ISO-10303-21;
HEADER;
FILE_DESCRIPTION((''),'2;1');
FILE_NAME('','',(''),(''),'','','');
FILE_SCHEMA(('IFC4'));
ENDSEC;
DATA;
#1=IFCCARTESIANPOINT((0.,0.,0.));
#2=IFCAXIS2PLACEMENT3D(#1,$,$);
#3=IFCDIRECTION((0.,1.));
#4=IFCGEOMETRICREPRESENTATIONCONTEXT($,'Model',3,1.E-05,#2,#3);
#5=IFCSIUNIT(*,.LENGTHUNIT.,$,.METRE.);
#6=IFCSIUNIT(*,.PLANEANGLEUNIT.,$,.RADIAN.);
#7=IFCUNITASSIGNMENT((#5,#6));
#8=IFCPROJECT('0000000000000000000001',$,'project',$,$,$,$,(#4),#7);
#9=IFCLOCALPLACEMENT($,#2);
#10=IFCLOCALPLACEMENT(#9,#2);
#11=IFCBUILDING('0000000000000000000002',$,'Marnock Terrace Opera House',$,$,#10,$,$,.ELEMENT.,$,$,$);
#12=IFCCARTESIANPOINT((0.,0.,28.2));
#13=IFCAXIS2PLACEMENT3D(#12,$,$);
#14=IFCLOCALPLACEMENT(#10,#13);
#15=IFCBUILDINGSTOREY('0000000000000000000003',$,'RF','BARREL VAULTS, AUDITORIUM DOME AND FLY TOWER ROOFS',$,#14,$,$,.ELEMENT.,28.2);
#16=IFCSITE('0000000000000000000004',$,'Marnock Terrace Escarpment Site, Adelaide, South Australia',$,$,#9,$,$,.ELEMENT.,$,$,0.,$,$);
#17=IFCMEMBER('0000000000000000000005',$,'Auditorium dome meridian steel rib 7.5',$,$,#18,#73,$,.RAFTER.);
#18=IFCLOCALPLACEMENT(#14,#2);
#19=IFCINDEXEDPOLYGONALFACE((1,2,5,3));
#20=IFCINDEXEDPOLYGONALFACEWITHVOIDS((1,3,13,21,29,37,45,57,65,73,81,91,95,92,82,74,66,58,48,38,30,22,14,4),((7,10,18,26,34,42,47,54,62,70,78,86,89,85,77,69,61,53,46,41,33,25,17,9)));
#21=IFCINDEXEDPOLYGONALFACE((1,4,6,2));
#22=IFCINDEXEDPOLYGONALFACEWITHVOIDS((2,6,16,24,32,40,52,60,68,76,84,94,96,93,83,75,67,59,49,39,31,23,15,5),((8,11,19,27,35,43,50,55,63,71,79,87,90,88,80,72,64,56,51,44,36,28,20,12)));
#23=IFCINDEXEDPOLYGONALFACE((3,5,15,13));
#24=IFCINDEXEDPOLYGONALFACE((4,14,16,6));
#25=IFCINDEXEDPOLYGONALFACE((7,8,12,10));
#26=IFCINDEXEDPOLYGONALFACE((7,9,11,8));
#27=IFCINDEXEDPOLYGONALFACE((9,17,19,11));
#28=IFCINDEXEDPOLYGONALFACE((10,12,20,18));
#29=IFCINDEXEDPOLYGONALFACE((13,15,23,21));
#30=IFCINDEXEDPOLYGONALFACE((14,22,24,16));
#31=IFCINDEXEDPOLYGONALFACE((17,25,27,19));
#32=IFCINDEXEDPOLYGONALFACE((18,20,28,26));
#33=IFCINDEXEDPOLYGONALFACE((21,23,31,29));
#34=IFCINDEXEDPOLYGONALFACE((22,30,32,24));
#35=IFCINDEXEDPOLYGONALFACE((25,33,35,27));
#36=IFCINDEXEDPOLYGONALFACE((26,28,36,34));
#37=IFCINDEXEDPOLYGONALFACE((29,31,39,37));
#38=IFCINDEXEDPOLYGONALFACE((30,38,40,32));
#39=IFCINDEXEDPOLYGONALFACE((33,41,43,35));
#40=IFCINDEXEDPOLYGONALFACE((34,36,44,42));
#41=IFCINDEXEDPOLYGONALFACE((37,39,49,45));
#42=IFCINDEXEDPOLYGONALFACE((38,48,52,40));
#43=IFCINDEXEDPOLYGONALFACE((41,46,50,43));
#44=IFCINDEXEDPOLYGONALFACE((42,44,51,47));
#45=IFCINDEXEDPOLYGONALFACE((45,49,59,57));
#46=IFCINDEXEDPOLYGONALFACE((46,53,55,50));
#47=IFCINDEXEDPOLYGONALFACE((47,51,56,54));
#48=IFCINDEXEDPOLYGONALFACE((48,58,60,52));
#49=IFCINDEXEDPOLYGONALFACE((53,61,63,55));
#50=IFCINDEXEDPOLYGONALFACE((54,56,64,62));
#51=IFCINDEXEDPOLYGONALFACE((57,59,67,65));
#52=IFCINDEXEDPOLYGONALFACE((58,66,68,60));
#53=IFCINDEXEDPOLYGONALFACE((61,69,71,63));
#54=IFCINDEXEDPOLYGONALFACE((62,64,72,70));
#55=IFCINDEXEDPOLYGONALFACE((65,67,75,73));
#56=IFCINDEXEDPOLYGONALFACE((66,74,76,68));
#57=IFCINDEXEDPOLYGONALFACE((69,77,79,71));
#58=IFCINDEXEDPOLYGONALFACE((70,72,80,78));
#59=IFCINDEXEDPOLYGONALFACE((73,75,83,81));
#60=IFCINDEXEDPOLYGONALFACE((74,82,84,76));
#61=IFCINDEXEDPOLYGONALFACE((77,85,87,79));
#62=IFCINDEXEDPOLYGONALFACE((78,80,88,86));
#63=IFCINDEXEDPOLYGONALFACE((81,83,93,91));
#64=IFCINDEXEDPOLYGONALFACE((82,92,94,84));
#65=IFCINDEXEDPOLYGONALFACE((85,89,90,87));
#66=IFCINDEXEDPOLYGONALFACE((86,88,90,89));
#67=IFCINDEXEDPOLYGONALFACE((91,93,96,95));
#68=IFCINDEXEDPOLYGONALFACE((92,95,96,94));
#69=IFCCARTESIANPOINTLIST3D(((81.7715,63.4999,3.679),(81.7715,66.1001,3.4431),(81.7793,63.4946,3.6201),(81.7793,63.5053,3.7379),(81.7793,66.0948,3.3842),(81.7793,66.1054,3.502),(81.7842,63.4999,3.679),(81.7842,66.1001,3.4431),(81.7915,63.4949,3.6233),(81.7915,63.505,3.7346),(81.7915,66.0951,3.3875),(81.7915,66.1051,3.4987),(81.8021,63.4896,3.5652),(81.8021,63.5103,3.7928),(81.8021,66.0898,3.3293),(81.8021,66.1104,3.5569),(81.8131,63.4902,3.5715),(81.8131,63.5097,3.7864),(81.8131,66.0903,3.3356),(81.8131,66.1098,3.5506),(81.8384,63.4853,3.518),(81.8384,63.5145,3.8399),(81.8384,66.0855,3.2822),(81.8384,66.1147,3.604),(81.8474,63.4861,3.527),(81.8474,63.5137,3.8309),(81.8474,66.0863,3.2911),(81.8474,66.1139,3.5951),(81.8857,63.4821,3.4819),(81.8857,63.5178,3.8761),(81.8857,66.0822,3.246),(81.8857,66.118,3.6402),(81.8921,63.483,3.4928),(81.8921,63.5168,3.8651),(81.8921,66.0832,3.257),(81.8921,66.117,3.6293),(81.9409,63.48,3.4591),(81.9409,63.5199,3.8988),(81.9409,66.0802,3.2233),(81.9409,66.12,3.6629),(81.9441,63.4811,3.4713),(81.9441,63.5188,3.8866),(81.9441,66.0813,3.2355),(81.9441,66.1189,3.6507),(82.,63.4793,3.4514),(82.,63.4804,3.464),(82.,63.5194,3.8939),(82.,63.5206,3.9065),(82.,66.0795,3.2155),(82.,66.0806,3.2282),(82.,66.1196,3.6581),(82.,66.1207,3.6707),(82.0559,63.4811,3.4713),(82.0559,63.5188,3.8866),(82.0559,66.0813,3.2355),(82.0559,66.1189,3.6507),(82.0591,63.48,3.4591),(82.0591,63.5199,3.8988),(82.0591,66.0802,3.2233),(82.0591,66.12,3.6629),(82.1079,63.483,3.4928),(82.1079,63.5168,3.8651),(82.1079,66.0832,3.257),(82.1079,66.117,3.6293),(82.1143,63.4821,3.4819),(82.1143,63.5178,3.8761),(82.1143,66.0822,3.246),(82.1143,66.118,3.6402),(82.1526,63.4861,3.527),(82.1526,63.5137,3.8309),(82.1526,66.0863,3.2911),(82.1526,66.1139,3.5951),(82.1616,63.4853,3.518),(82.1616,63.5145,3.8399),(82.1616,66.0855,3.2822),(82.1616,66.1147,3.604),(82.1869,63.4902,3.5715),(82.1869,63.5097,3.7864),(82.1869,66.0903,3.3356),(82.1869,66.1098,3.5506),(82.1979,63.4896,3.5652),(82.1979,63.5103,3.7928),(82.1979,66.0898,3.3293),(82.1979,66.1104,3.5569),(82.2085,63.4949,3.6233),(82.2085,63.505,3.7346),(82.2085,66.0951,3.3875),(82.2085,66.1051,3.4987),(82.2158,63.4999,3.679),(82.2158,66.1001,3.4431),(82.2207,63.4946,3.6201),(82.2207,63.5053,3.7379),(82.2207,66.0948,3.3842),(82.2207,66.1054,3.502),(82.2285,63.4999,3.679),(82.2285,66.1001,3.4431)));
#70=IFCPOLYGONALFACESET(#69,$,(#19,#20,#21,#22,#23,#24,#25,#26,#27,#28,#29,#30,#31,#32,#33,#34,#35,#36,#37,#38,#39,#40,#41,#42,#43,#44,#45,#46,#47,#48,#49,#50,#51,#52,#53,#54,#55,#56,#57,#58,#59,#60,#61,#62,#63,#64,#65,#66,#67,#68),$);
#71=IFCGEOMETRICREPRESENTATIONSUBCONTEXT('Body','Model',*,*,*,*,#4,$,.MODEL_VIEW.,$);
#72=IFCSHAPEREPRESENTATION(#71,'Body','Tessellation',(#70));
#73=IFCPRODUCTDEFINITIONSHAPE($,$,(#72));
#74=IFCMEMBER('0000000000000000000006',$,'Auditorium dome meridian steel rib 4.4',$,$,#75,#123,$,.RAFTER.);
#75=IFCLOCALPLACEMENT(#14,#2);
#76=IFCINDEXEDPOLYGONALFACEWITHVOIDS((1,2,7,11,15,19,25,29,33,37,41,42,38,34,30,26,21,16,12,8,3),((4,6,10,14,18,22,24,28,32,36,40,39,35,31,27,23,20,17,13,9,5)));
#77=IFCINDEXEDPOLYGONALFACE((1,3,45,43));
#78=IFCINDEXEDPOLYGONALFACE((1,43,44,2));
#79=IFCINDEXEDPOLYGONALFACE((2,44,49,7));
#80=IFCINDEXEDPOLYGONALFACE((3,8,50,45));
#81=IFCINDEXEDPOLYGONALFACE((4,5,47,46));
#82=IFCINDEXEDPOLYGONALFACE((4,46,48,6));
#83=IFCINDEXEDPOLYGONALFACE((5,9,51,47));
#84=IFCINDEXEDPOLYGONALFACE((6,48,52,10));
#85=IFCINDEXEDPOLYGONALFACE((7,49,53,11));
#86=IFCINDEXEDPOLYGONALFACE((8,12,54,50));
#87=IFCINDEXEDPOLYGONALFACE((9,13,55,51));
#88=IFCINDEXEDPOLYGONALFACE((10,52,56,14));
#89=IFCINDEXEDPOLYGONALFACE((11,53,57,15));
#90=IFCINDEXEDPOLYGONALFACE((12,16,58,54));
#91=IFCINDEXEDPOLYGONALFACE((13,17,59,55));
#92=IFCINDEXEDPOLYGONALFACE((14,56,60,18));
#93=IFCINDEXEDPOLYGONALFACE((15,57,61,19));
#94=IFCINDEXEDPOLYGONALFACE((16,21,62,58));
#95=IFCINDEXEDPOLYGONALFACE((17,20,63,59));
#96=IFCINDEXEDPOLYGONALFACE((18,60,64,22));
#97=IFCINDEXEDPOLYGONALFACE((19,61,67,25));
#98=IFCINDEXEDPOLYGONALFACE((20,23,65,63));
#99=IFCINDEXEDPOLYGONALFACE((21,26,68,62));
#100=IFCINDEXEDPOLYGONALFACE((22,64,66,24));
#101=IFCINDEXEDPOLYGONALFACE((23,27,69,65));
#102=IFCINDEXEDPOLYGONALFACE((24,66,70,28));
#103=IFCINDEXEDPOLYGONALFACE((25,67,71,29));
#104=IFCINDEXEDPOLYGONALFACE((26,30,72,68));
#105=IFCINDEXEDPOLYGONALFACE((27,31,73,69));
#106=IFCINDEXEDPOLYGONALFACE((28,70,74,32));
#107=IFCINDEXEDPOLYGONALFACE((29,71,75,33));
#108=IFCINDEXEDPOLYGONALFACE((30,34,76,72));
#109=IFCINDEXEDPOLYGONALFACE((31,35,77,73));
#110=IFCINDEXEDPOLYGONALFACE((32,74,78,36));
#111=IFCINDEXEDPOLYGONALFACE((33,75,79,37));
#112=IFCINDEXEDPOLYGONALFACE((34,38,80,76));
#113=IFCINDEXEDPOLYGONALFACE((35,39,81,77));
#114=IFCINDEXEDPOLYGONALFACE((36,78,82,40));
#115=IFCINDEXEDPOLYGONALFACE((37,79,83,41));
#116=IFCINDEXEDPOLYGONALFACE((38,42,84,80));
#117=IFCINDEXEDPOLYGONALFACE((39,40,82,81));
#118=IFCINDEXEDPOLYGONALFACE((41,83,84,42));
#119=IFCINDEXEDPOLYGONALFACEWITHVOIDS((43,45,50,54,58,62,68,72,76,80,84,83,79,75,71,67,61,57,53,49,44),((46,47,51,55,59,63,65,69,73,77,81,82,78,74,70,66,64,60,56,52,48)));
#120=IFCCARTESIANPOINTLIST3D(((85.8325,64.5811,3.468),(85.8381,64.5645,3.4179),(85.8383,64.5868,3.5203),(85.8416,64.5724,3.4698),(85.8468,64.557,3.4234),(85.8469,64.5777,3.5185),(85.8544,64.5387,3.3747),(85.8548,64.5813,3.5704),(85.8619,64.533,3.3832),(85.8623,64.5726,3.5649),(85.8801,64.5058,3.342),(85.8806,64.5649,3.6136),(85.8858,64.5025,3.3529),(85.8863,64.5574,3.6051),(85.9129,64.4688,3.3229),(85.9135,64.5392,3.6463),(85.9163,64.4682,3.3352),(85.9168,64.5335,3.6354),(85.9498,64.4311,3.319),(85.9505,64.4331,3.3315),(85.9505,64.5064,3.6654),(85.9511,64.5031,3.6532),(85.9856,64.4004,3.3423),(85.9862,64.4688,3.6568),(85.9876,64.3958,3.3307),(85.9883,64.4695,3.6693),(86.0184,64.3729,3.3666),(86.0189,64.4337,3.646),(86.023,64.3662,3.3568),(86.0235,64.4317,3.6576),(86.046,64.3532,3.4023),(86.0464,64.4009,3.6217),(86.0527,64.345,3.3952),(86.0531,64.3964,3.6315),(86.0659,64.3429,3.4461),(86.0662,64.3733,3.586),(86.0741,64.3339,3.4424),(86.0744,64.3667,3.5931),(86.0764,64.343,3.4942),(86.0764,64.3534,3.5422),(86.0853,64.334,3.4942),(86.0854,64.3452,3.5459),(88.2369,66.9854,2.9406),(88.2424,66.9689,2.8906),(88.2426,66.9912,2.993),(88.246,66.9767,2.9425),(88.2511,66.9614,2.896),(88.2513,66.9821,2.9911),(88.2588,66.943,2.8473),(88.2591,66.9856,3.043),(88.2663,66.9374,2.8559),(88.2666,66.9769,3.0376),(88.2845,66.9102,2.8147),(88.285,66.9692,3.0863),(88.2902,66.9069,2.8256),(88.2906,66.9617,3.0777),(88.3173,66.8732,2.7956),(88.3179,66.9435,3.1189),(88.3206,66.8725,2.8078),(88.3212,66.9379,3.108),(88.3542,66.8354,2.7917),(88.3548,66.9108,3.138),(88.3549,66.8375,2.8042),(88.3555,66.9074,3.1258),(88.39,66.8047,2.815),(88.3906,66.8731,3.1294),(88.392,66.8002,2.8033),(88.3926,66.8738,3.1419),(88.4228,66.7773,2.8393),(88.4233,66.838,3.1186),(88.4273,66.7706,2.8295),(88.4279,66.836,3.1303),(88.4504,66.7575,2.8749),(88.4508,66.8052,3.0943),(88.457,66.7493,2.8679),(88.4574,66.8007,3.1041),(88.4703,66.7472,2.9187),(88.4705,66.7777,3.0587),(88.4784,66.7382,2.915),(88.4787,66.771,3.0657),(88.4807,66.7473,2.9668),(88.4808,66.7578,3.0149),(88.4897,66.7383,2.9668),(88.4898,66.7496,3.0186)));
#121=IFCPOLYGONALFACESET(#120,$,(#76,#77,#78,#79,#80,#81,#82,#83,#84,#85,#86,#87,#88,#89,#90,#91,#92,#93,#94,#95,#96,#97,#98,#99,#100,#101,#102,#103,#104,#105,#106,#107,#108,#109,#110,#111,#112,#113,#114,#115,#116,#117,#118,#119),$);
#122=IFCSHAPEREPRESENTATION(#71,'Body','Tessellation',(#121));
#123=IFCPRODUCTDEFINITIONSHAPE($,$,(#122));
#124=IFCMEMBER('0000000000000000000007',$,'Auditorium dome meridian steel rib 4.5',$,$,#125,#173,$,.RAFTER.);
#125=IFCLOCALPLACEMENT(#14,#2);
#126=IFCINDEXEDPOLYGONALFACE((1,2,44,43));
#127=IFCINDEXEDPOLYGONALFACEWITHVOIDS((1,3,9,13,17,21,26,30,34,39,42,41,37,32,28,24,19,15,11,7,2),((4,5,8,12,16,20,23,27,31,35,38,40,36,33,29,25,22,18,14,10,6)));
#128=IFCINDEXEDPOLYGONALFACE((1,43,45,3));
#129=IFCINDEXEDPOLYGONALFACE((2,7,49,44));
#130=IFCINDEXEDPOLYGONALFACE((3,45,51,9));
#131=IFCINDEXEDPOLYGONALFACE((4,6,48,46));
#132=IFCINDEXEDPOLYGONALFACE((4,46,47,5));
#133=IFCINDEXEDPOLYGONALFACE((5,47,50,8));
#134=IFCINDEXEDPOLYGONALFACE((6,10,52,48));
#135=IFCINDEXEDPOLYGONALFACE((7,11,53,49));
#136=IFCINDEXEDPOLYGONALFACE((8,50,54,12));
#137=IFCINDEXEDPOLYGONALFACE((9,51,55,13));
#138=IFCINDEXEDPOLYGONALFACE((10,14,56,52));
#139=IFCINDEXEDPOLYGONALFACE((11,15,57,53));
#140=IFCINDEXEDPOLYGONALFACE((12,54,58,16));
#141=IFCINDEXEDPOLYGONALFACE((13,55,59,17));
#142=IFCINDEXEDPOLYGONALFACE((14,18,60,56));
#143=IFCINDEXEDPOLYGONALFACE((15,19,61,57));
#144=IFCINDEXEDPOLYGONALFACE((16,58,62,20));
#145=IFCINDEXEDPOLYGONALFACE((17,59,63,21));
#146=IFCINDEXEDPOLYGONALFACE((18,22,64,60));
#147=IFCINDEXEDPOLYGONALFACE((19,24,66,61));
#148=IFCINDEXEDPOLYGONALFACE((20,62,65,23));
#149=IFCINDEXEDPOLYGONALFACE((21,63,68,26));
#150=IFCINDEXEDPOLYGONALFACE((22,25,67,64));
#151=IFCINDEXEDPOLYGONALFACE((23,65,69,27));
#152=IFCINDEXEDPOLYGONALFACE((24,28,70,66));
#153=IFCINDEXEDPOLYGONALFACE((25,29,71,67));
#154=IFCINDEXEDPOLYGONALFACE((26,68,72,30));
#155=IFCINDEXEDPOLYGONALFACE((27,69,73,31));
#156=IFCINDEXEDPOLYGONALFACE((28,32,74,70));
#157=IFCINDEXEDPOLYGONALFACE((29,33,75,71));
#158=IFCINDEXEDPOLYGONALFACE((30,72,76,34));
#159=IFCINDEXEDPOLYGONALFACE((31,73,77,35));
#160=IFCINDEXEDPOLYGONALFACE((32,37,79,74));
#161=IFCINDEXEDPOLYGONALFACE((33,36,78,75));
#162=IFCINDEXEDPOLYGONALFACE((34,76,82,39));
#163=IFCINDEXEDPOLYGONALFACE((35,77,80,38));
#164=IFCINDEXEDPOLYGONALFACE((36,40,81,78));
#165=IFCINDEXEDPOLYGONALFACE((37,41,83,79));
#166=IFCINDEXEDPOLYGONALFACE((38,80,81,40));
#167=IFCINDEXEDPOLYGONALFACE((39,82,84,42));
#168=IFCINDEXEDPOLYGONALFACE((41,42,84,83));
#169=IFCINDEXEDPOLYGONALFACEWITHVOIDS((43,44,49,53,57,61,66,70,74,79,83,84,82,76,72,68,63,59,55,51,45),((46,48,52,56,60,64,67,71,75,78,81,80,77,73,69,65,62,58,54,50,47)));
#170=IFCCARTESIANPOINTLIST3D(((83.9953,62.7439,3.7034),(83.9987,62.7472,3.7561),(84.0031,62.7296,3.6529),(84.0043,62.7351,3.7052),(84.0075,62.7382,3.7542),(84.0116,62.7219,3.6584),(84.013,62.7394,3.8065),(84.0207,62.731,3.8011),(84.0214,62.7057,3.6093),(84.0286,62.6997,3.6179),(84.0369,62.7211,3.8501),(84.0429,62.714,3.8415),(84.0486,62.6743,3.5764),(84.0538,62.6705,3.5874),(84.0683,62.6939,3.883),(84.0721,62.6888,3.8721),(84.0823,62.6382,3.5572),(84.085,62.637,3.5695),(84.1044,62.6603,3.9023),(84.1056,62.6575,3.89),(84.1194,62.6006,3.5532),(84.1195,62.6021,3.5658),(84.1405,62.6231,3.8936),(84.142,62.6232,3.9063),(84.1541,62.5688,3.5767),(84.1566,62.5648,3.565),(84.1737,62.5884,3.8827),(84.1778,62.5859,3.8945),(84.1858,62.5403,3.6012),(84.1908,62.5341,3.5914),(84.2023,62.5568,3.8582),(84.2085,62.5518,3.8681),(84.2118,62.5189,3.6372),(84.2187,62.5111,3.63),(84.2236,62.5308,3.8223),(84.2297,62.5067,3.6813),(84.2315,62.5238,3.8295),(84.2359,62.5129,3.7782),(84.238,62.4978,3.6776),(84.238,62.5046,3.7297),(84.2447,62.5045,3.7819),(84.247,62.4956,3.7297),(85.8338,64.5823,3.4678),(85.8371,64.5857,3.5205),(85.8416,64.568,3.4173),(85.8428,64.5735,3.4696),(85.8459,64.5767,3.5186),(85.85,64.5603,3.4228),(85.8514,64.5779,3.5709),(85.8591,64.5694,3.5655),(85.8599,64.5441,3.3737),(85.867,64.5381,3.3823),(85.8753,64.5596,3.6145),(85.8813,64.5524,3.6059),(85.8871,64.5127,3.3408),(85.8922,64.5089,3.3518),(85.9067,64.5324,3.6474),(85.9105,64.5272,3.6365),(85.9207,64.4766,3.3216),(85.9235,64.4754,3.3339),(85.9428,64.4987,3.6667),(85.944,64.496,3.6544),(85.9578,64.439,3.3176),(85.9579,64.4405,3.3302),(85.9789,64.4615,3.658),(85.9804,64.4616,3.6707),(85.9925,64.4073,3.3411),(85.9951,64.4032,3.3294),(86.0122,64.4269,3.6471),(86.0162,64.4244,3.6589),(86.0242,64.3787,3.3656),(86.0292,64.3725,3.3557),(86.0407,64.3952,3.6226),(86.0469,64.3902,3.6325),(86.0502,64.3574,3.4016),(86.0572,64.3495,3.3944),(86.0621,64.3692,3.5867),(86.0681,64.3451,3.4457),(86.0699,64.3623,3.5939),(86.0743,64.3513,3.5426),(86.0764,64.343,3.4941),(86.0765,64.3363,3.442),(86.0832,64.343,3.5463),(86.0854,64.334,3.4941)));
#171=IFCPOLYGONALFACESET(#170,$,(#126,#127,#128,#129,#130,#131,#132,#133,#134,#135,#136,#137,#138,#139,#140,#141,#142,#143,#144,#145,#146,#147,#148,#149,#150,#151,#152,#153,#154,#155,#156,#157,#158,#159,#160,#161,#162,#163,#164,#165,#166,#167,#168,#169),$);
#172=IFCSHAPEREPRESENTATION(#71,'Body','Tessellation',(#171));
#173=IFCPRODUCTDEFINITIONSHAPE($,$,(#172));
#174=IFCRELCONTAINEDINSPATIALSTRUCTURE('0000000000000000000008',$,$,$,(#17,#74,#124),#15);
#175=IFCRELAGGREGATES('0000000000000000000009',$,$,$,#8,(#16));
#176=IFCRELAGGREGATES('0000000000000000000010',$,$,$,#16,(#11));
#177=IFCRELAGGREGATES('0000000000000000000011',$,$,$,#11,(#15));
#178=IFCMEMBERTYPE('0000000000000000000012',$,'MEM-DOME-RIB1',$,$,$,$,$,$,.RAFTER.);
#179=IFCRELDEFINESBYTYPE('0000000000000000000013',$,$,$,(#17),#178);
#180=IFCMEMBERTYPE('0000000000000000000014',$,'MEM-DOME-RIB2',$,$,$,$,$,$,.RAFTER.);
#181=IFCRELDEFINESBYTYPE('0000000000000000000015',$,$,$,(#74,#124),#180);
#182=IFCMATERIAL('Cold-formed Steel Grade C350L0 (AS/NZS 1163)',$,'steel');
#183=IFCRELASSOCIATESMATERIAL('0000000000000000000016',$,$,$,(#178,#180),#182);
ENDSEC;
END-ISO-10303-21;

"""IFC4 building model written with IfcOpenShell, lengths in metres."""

from ifc_helpers import new_model, si_unit, direction, frame, origin, origin_2d, place, context, subcontext, project, spatial, hollow_circle, extrude, material, material_profile, profile_set, type_object, element, save


model = new_model("IFC4")

# Units and contexts
model_context = context("Model", 3, precision=1e-05, world=origin(), true_north=direction((0.0, 1.0)))
body_context = subcontext(model_context, "Body", "Model", "MODEL_VIEW")
ifc_project = project(units=[si_unit("LENGTHUNIT", "METRE"), si_unit("PLANEANGLEUNIT", "RADIAN")], contexts=[model_context])

# Site, building, storey
site_placement = place(None, origin())
site = spatial("IfcSite", under=ifc_project, at=site_placement, Name="Marnock Terrace Escarpment Site, Adelaide, South Australia", CompositionType="ELEMENT", RefElevation=0.0)
building_placement = place(site_placement, origin())
building = spatial("IfcBuilding", under=site, at=building_placement, Name="Marnock Terrace Opera House", CompositionType="ELEMENT")
storey_placement = place(building_placement, frame((0.0, 0.0, 28.2)))
storey = spatial("IfcBuildingStorey", under=building, at=storey_placement, Name="RF", Description="BARREL VAULTS, AUDITORIUM DOME AND FLY TOWER ROOFS", CompositionType="ELEMENT", Elevation=28.2)

# Members
ifc_material_1 = material(Name="Cold-formed Steel Grade C350L0 (AS/NZS 1163)", Category="steel")
ifc_material_profile_1 = material_profile(ifc_material_1, hollow_circle(Radius=0.2285, WallThickness=0.0127, at=origin_2d()))
ifc_profile_set_1 = profile_set([ifc_material_profile_1], Name="Cold-formed Steel Grade C350L0 (AS/NZS 1163)")
member_type_1 = type_object("IfcMemberType", Name="MEM-DOME-RIB1", PredefinedType="RAFTER", material=ifc_profile_set_1)
member_1_placement = place(storey_placement, frame((82.0, 66.1001, 3.4431), z_axis=(0.0, -0.995912, 0.090333), x_axis=(1.0, 0.0, 0.0)))
element("IfcMember", 1, at=member_1_placement, inside=storey, type_object=member_type_1, Name="Auditorium dome meridian steel rib 7.5", PredefinedType="RAFTER", context=body_context, shape_type="SweptSolid", body=[
    extrude(hollow_circle(Radius=0.2285, WallThickness=0.0127, at=origin_2d()), origin(), (0.0, 0.0, 1.0), 2.6108),
])
ifc_material_profile_2 = material_profile(ifc_material_1, hollow_circle(Radius=0.1777, WallThickness=0.0127, at=origin_2d()))
ifc_profile_set_2 = profile_set([ifc_material_profile_2], Name="Cold-formed Steel Grade C350L0 (AS/NZS 1163)")
member_type_2 = type_object("IfcMemberType", Name="MEM-DOME-RIB2", PredefinedType="RAFTER", material=ifc_profile_set_2)
member_2_placement = place(storey_placement, frame((88.364, 66.864, 2.9668), z_axis=(-0.698753, -0.698753, 0.15326), x_axis=(0.707107, -0.707107, 0.0)))
element("IfcMember", 2, at=member_2_placement, inside=storey, type_object=member_type_2, Name="Auditorium dome meridian steel rib 4.4", PredefinedType="RAFTER", context=body_context, shape_type="SweptSolid", body=[
    extrude(hollow_circle(Radius=0.1777, WallThickness=0.0127, at=origin_2d()), origin(), (0.0, 0.0, 1.0), 3.4409),
])
member_3_placement = place(storey_placement, frame((85.9597, 64.4597, 3.4941), z_axis=(-0.704221, -0.704221, 0.090249), x_axis=(0.707107, -0.707107, 0.0)))
element("IfcMember", 3, at=member_3_placement, inside=storey, type_object=member_type_2, Name="Auditorium dome meridian steel rib 4.5", PredefinedType="RAFTER", context=body_context, shape_type="SweptSolid", body=[
    extrude(hollow_circle(Radius=0.1777, WallThickness=0.0127, at=origin_2d()), origin(), (0.0, 0.0, 1.0), 2.6106),
])

save(model, "model.ifc")
